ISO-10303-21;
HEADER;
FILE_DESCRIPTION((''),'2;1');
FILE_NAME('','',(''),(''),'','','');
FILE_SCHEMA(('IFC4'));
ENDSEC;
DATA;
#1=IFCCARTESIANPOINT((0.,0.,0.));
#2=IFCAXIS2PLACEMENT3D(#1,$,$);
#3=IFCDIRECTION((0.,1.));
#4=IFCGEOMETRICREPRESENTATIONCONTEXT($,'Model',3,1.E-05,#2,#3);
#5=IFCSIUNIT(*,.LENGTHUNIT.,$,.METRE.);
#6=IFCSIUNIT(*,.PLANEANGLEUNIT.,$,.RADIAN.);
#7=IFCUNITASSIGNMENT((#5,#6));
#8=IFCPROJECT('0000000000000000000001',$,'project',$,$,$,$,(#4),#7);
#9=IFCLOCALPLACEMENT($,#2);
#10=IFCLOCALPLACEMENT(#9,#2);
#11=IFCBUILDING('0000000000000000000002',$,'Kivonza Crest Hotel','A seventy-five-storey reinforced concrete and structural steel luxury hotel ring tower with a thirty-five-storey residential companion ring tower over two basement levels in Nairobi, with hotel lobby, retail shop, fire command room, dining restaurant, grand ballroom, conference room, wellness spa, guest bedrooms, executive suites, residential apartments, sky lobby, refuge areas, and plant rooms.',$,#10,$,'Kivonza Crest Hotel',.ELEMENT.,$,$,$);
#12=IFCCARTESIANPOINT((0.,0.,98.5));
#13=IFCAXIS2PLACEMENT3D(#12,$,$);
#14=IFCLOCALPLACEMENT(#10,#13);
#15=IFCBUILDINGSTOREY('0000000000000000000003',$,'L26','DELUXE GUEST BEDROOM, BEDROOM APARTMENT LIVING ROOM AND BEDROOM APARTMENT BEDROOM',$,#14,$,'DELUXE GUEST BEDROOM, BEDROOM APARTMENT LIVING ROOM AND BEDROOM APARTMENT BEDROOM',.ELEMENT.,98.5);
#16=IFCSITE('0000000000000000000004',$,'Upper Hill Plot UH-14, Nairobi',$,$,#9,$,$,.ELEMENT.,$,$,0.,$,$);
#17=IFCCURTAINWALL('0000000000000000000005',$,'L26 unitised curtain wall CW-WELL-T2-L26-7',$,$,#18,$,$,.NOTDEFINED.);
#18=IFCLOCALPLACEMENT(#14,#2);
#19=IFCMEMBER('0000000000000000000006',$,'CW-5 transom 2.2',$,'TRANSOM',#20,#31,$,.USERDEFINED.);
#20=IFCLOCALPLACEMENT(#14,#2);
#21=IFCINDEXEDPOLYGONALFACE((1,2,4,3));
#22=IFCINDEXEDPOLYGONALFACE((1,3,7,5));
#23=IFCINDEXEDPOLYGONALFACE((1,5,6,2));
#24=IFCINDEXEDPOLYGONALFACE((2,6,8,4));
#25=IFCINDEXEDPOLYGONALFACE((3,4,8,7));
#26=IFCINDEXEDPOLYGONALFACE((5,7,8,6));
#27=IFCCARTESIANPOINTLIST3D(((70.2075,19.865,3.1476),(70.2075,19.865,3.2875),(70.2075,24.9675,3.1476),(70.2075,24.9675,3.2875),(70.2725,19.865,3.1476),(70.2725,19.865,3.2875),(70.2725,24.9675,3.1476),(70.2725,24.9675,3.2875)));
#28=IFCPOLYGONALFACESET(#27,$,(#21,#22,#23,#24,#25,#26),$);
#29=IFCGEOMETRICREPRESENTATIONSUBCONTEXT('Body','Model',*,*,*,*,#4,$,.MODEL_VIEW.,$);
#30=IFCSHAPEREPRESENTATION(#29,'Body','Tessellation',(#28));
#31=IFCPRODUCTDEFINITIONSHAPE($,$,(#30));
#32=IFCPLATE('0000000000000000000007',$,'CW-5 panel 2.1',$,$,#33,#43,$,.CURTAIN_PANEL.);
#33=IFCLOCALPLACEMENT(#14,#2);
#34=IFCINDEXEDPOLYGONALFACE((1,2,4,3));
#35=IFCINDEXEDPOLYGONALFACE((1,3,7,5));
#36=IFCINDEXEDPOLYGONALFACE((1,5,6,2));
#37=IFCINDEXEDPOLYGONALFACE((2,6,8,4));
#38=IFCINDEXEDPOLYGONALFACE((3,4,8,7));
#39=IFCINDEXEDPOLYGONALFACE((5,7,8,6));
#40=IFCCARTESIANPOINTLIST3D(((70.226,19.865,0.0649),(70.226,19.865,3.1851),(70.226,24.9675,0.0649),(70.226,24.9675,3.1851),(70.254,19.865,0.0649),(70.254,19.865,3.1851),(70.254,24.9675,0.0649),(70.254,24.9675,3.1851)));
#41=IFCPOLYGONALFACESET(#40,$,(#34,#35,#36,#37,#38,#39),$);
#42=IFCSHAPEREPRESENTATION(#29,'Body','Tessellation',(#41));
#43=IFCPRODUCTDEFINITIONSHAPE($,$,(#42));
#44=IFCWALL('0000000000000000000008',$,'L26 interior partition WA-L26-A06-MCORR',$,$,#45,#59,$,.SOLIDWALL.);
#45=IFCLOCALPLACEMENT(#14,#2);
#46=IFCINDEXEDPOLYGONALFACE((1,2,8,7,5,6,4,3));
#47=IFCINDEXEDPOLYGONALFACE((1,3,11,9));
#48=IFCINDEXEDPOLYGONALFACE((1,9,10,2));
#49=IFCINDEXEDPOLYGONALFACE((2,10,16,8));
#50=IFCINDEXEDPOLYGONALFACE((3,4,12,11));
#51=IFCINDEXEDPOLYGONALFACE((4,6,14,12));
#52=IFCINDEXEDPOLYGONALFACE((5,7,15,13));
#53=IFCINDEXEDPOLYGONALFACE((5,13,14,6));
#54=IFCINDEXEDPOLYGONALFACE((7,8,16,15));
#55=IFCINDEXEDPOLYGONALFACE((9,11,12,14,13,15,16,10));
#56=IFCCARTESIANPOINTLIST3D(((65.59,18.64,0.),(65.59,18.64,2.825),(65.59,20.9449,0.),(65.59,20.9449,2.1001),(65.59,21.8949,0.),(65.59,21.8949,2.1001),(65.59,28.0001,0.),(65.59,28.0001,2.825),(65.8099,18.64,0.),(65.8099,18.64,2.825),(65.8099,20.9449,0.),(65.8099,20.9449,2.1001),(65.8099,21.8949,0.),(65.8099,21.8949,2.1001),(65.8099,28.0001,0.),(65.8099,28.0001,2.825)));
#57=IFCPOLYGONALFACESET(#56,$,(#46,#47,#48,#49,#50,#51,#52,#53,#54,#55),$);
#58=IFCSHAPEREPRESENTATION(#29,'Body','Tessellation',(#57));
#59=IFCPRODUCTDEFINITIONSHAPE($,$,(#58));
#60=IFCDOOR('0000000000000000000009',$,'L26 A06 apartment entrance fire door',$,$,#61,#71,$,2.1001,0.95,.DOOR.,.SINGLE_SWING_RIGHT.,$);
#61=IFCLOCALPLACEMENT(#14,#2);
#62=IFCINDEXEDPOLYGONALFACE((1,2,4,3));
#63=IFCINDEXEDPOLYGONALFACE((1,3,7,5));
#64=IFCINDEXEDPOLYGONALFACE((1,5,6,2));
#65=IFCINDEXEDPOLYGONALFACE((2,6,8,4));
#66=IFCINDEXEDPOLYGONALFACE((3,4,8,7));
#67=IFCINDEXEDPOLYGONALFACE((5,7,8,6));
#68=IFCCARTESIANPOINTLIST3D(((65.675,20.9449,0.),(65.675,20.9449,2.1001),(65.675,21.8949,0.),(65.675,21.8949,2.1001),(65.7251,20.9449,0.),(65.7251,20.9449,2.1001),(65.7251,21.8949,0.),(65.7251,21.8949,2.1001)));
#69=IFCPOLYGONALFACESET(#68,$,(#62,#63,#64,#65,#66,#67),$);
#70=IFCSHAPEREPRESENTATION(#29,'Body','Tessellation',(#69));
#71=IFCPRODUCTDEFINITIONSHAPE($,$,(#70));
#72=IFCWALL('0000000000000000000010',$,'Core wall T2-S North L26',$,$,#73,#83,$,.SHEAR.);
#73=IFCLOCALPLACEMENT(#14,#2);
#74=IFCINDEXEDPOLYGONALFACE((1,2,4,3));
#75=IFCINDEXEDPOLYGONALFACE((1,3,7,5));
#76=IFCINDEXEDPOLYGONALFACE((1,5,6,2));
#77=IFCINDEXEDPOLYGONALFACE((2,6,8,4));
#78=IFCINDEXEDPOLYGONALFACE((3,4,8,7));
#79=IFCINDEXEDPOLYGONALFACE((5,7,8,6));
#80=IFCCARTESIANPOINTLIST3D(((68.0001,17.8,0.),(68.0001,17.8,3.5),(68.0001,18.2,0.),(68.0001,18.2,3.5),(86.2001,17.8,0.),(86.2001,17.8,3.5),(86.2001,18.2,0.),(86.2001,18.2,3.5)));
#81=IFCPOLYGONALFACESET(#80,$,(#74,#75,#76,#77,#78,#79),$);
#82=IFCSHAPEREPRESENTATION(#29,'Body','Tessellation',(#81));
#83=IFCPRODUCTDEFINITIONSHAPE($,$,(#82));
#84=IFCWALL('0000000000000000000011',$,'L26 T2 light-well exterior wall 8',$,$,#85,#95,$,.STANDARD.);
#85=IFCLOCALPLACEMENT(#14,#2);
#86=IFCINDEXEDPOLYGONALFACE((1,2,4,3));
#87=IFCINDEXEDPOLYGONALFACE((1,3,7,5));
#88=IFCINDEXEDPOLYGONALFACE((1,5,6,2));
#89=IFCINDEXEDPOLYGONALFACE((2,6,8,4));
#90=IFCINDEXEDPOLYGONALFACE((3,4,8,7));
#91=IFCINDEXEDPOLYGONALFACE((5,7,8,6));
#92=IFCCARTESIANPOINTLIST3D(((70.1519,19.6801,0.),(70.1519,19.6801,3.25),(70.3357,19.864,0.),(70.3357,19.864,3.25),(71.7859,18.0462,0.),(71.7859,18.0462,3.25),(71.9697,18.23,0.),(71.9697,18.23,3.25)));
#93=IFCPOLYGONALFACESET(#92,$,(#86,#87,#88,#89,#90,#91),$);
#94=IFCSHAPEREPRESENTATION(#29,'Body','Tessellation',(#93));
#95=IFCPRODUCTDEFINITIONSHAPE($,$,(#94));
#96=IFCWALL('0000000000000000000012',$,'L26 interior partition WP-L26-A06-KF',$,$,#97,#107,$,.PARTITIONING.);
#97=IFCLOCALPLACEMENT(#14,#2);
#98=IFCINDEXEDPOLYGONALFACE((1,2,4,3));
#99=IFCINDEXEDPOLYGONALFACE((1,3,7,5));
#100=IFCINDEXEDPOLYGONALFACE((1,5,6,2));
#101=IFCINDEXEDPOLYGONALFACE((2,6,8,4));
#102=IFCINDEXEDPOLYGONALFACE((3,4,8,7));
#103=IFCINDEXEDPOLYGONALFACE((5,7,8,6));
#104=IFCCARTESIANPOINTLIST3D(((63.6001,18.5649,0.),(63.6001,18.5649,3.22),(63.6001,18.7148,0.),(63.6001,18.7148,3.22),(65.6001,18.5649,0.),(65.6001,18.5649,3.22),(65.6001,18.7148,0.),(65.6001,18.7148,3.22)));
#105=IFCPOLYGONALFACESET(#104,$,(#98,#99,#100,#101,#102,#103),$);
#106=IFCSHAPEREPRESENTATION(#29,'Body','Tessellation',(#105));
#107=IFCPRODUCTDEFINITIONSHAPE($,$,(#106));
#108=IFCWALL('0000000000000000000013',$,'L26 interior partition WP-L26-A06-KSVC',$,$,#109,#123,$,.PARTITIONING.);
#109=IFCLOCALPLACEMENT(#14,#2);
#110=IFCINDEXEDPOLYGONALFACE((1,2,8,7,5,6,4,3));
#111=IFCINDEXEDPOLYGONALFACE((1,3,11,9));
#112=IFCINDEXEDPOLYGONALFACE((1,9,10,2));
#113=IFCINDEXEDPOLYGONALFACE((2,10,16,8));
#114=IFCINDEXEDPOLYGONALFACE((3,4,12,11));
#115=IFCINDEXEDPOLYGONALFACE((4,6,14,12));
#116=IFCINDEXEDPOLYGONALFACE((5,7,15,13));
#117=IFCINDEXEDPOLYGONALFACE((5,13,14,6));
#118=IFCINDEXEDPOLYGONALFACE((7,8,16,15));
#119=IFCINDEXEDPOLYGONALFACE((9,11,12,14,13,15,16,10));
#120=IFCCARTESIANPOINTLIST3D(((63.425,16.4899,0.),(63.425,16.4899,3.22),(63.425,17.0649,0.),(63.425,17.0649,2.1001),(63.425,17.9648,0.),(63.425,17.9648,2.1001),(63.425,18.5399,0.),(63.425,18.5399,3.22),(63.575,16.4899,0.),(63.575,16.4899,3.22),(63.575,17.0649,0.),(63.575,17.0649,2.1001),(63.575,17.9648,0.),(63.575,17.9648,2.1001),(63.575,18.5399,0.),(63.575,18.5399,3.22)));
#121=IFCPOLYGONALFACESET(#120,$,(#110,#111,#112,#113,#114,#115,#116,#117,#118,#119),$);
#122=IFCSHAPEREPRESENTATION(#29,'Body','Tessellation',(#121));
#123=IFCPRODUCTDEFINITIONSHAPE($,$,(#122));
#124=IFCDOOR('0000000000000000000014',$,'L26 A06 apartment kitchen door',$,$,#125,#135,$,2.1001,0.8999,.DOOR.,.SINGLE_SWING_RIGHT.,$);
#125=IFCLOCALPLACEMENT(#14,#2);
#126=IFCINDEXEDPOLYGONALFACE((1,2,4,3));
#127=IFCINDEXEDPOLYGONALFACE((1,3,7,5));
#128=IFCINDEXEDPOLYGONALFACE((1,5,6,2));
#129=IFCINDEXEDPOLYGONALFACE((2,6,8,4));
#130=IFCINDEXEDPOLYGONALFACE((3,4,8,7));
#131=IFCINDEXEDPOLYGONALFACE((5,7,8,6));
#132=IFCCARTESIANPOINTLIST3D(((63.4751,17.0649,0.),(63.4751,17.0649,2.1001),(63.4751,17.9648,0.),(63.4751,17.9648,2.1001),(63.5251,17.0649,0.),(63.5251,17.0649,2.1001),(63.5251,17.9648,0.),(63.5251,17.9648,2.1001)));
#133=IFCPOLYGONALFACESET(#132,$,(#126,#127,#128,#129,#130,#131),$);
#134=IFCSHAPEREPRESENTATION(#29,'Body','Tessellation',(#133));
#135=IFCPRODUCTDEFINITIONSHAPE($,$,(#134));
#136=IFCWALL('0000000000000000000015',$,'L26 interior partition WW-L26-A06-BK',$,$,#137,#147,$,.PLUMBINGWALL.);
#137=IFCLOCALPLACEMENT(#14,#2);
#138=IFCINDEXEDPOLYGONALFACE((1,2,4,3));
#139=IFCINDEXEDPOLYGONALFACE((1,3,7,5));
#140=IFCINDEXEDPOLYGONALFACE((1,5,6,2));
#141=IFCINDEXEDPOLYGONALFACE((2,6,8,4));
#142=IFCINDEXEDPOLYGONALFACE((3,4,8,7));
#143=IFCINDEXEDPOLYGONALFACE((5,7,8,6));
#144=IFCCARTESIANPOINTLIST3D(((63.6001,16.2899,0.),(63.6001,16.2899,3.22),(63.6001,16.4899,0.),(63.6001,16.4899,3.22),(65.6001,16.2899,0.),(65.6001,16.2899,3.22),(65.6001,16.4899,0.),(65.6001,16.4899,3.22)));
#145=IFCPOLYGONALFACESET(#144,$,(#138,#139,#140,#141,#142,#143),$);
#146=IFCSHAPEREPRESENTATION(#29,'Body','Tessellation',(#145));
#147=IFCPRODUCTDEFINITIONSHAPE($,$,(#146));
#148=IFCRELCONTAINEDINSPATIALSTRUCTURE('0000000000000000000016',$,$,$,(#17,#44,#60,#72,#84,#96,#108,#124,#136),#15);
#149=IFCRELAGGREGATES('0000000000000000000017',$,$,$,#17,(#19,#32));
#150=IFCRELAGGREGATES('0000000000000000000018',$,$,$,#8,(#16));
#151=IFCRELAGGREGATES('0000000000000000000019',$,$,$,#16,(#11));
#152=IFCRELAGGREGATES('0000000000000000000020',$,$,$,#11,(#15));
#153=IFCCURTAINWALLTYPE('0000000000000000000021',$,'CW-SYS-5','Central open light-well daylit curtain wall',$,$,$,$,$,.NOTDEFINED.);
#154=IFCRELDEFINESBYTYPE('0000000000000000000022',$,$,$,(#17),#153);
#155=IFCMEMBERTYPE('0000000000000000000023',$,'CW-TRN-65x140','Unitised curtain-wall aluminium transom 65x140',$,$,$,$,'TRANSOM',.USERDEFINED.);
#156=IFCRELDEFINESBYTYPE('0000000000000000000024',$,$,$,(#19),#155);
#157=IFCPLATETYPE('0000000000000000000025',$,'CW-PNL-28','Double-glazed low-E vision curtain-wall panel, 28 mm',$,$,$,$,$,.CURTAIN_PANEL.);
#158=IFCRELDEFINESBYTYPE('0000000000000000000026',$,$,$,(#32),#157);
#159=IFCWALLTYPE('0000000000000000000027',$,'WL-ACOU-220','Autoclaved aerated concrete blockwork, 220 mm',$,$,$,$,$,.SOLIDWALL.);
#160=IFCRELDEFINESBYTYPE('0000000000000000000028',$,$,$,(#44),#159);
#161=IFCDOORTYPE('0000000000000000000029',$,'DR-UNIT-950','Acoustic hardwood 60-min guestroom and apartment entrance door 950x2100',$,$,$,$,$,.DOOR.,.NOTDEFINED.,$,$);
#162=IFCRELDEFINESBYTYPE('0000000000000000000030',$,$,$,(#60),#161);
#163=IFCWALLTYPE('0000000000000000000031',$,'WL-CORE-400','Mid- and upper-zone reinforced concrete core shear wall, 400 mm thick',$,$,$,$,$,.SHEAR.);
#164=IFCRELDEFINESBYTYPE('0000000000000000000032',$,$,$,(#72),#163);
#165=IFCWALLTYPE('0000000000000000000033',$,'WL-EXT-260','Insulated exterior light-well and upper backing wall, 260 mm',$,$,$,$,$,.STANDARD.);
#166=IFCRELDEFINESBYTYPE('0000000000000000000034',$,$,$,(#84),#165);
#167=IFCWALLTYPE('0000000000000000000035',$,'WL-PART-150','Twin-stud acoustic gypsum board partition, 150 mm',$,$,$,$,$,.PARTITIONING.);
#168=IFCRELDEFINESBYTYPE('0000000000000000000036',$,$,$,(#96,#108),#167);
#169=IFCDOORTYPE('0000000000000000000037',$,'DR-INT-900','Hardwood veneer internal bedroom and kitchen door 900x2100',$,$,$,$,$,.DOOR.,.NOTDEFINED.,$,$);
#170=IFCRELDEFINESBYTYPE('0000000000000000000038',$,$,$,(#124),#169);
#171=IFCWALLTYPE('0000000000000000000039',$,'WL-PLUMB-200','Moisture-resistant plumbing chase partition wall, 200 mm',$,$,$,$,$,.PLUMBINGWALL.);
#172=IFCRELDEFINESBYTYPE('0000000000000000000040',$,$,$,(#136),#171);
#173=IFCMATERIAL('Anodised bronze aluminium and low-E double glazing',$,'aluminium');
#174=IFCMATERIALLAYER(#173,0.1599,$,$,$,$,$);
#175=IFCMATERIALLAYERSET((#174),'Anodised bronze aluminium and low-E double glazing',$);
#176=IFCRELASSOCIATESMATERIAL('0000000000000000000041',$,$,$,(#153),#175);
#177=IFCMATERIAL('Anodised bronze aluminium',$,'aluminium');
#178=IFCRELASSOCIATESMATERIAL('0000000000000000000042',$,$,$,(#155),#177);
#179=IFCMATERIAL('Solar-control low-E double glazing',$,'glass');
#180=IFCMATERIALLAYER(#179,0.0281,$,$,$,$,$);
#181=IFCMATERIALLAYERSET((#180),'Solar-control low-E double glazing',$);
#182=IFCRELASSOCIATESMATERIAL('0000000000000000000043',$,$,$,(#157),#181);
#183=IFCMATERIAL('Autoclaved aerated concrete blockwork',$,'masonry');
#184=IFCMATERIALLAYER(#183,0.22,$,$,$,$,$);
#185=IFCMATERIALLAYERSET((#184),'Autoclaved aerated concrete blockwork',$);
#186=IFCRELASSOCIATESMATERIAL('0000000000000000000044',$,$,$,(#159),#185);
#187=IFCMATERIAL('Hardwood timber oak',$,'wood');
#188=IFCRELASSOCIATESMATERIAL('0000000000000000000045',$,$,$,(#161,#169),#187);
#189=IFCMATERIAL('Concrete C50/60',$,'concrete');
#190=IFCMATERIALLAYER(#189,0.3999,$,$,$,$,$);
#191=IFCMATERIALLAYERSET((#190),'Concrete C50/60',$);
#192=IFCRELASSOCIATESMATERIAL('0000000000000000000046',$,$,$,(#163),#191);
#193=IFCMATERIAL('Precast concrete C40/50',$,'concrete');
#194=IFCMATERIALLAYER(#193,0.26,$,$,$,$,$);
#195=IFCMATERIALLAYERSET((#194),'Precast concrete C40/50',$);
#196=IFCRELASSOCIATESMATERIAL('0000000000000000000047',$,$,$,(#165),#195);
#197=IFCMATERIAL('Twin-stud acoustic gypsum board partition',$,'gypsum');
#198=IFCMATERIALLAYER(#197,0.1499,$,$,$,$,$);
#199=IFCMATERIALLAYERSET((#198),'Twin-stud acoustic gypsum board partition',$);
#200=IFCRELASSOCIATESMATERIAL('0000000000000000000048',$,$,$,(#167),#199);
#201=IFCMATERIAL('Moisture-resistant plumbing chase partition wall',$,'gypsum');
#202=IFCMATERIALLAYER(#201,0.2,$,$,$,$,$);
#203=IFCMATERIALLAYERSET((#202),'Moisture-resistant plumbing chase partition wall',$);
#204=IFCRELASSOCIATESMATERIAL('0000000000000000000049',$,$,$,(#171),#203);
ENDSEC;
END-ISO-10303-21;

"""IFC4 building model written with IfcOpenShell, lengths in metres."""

from ifc_helpers import new_model, si_unit, direction, frame, frame_2d, origin, origin_2d, place, context, subcontext, project, spatial, rectangle, extrude, material, layer, layer_set, material_profile, profile_set, type_object, element, fill, aggregate, save


model = new_model("IFC4")

# Units and contexts
model_context = context("Model", 3, precision=1e-05, world=origin(), true_north=direction((0.0, 1.0)))
body_context = subcontext(model_context, "Body", "Model", "MODEL_VIEW")
ifc_project = project(units=[si_unit("LENGTHUNIT", "METRE"), si_unit("PLANEANGLEUNIT", "RADIAN")], contexts=[model_context])

# Site, building, storey
site_placement = place(None, origin())
site = spatial("IfcSite", under=ifc_project, at=site_placement, Name="Upper Hill Plot UH-14, Nairobi", CompositionType="ELEMENT", RefElevation=0.0)
building_placement = place(site_placement, origin())
building = spatial("IfcBuilding", under=site, at=building_placement, Name="Kivonza Crest Hotel", Description="A seventy-five-storey reinforced concrete and structural steel luxury hotel ring tower with a thirty-five-storey residential companion ring tower over two basement levels in Nairobi, with hotel lobby, retail shop, fire command room, dining restaurant, grand ballroom, conference room, wellness spa, guest bedrooms, executive suites, residential apartments, sky lobby, refuge areas, and plant rooms.", LongName="Kivonza Crest Hotel", CompositionType="ELEMENT")
storey_placement = place(building_placement, frame((0.0, 0.0, 98.5)))
storey = spatial("IfcBuildingStorey", under=building, at=storey_placement, Name="L26", Description="DELUXE GUEST BEDROOM, BEDROOM APARTMENT LIVING ROOM AND BEDROOM APARTMENT BEDROOM", LongName="DELUXE GUEST BEDROOM, BEDROOM APARTMENT LIVING ROOM AND BEDROOM APARTMENT BEDROOM", CompositionType="ELEMENT", Elevation=98.5)

# Shared definitions
ifc_material_1 = material(Name="Concrete C50/60", Category="concrete")

# Curtain wall, member, plate
ifc_material_2 = material(Name="Anodised bronze aluminium and low-E double glazing", Category="aluminium")
ifc_layer_1 = layer(ifc_material_2, 0.1599)
ifc_layer_set_1 = layer_set([ifc_layer_1], Name="Anodised bronze aluminium and low-E double glazing")
curtain_wall_type = type_object("IfcCurtainWallType", Name="CW-SYS-5", Description="Central open light-well daylit curtain wall", PredefinedType="NOTDEFINED", material=ifc_layer_set_1)
curtain_wall_placement = place(storey_placement, origin())
curtain_wall = element("IfcCurtainWall", 1, at=curtain_wall_placement, inside=storey, type_object=curtain_wall_type, Name="L26 unitised curtain wall CW-WELL-T2-L26-7", PredefinedType="NOTDEFINED")
ifc_material_3 = material(Name="Anodised bronze aluminium", Category="aluminium")
ifc_material_profile_1 = material_profile(ifc_material_3, rectangle(XDim=0.0649, YDim=0.1399, at=origin_2d()), Name="CW-T 65x140")
ifc_profile_set_1 = profile_set([ifc_material_profile_1], Name="Anodised bronze aluminium")
member_type_1 = type_object("IfcMemberType", Name="CW-TRN-65x140", Description="Unitised curtain-wall aluminium transom 65x140", ElementType="TRANSOM", PredefinedType="USERDEFINED", material=ifc_profile_set_1)
member_1_placement = place(storey_placement, frame((70.24, 24.9675, 3.2175), z_axis=(0.0, -1.0, 0.0), x_axis=(1.0, 0.0, 0.0)))
member_1 = element("IfcMember", 2, at=member_1_placement, type_object=member_type_1, Name="CW-5 transom 2.2", ObjectType="TRANSOM", PredefinedType="USERDEFINED", context=body_context, shape_type="SweptSolid", body=[
    extrude(rectangle(XDim=0.0649, YDim=0.1399, at=origin_2d()), origin(), (0.0, 0.0, 1.0), 5.1025),
])
ifc_material_4 = material(Name="Solar-control low-E double glazing", Category="glass")
ifc_layer_2 = layer(ifc_material_4, 0.0281)
ifc_layer_set_2 = layer_set([ifc_layer_2], Name="Solar-control low-E double glazing")
plate_type = type_object("IfcPlateType", Name="CW-PNL-28", Description="Double-glazed low-E vision curtain-wall panel, 28 mm", PredefinedType="CURTAIN_PANEL", material=ifc_layer_set_2)
plate_placement = place(storey_placement, frame((70.24, 22.4163, 0.0649), z_axis=(0.0, 0.0, 1.0), x_axis=(0.0, -1.0, 0.0)))
plate = element("IfcPlate", 3, at=plate_placement, type_object=plate_type, Name="CW-5 panel 2.1", PredefinedType="CURTAIN_PANEL", context=body_context, shape_type="SweptSolid", body=[
    extrude(rectangle(XDim=5.1025, YDim=0.0281, at=origin_2d()), origin(), (0.0, 0.0, 1.0), 3.1201),
])
aggregate(curtain_wall, [member_1, plate])

# Wall, opening, door
ifc_material_5 = material(Name="Autoclaved aerated concrete blockwork", Category="masonry")
ifc_layer_3 = layer(ifc_material_5, 0.22)
ifc_layer_set_3 = layer_set([ifc_layer_3], Name="Autoclaved aerated concrete blockwork")
wall_type_1 = type_object("IfcWallType", Name="WL-ACOU-220", Description="Autoclaved aerated concrete blockwork, 220 mm", PredefinedType="SOLIDWALL", material=ifc_layer_set_3)
wall_1_placement = place(storey_placement, frame((65.7, 18.6399, 0.0), z_axis=(0.0, 0.0, 1.0), x_axis=(0.0, 1.0, 0.0)))
wall_1 = element("IfcWall", 4, at=wall_1_placement, inside=storey, type_object=wall_type_1, Name="L26 interior partition WA-L26-A06-MCORR", PredefinedType="SOLIDWALL", context=body_context, shape_type="SweptSolid", body=[
    extrude(rectangle(XDim=9.3601, YDim=0.22, at=frame_2d((4.6802, 0.0))), origin(), (0.0, 0.0, 1.0), 2.825),
])
opening_1_placement = place(wall_1_placement, frame((2.3049, 0.0, 0.0)))
opening_1 = element("IfcOpeningElement", 5, at=opening_1_placement, cuts=wall_1, PredefinedType="OPENING", context=body_context, shape_type="SweptSolid", body=[
    extrude(rectangle(XDim=0.95, YDim=2.1001, at=frame_2d((0.4751, 1.05))), frame((0.0, 0.1201, 0.0), z_axis=(0.0, -1.0, 0.0), x_axis=(1.0, 0.0, 0.0)), (0.0, 0.0, 1.0), 0.24),
])
ifc_material_6 = material(Name="Hardwood timber oak", Category="wood")
door_type_1 = type_object("IfcDoorType", Name="DR-UNIT-950", Description="Acoustic hardwood 60-min guestroom and apartment entrance door 950x2100", OperationType="NOTDEFINED", PredefinedType="DOOR", material=ifc_material_6)
door_1_placement = place(opening_1_placement, origin())
door_1 = element("IfcDoor", 6, at=door_1_placement, inside=storey, type_object=door_type_1, Name="L26 A06 apartment entrance fire door", OperationType="SINGLE_SWING_RIGHT", OverallHeight=2.1001, OverallWidth=0.95, PredefinedType="DOOR", context=body_context, shape_type="SweptSolid", body=[
    extrude(rectangle(XDim=0.95, YDim=2.1001, at=frame_2d((0.4751, 1.05))), frame((0.0, 0.0249, 0.0), z_axis=(0.0, -1.0, 0.0), x_axis=(1.0, 0.0, 0.0)), (0.0, 0.0, 1.0), 0.05),
])
fill(opening_1, door_1)

# Walls
ifc_layer_4 = layer(ifc_material_1, 0.3999)
ifc_layer_set_4 = layer_set([ifc_layer_4], Name="Concrete C50/60")
wall_type_2 = type_object("IfcWallType", Name="WL-CORE-400", Description="Mid- and upper-zone reinforced concrete core shear wall, 400 mm thick", PredefinedType="SHEAR", material=ifc_layer_set_4)
wall_2_placement = place(storey_placement, frame((68.0, 18.0, 0.0), z_axis=(0.0, 0.0, 1.0), x_axis=(1.0, 0.0, 0.0)))
element("IfcWall", 7, at=wall_2_placement, inside=storey, type_object=wall_type_2, Name="Core wall T2-S North L26", PredefinedType="SHEAR", context=body_context, shape_type="SweptSolid", body=[
    extrude(rectangle(XDim=18.2, YDim=0.3999, at=frame_2d((9.1001, 0.0))), origin(), (0.0, 0.0, 1.0), 3.5),
])
ifc_material_7 = material(Name="Precast concrete C40/50", Category="concrete")
ifc_layer_5 = layer(ifc_material_7, 0.26)
ifc_layer_set_5 = layer_set([ifc_layer_5], Name="Precast concrete C40/50")
wall_type_3 = type_object("IfcWallType", Name="WL-EXT-260", Description="Insulated exterior light-well and upper backing wall, 260 mm", PredefinedType="STANDARD", material=ifc_layer_set_5)
wall_3_placement = place(storey_placement, frame((70.2439, 19.772, 0.0), z_axis=(0.0, 0.0, 1.0), x_axis=(0.707107, -0.707107, 0.0)))
element("IfcWall", 8, at=wall_3_placement, inside=storey, type_object=wall_type_3, Name="L26 T2 light-well exterior wall 8", PredefinedType="STANDARD", context=body_context, shape_type="SweptSolid", body=[
    extrude(rectangle(XDim=2.3108, YDim=0.26, at=frame_2d((1.1553, 0.0))), origin(), (0.0, 0.0, 1.0), 3.25),
])
ifc_material_8 = material(Name="Twin-stud acoustic gypsum board partition", Category="gypsum")
ifc_layer_6 = layer(ifc_material_8, 0.1499)
ifc_layer_set_6 = layer_set([ifc_layer_6], Name="Twin-stud acoustic gypsum board partition")
wall_type_4 = type_object("IfcWallType", Name="WL-PART-150", Description="Twin-stud acoustic gypsum board partition, 150 mm", PredefinedType="PARTITIONING", material=ifc_layer_set_6)
wall_4_placement = place(storey_placement, frame((63.6001, 18.6399, 0.0), z_axis=(0.0, 0.0, 1.0), x_axis=(1.0, 0.0, 0.0)))
element("IfcWall", 9, at=wall_4_placement, inside=storey, type_object=wall_type_4, Name="L26 interior partition WP-L26-A06-KF", PredefinedType="PARTITIONING", context=body_context, shape_type="SweptSolid", body=[
    extrude(rectangle(XDim=2.0, YDim=0.1499, at=frame_2d((1.0, 0.0))), origin(), (0.0, 0.0, 1.0), 3.22),
])

# Wall, opening, door
wall_5_placement = place(storey_placement, frame((63.5, 16.49, 0.0), z_axis=(0.0, 0.0, 1.0), x_axis=(0.0, 1.0, 0.0)))
wall_5 = element("IfcWall", 10, at=wall_5_placement, inside=storey, type_object=wall_type_4, Name="L26 interior partition WP-L26-A06-KSVC", PredefinedType="PARTITIONING", context=body_context, shape_type="SweptSolid", body=[
    extrude(rectangle(XDim=2.05, YDim=0.1499, at=frame_2d((1.0249, 0.0))), origin(), (0.0, 0.0, 1.0), 3.22),
])
opening_2_placement = place(wall_5_placement, frame((0.575, 0.0, 0.0)))
opening_2 = element("IfcOpeningElement", 11, at=opening_2_placement, cuts=wall_5, PredefinedType="OPENING", context=body_context, shape_type="SweptSolid", body=[
    extrude(rectangle(XDim=0.8999, YDim=2.1001, at=frame_2d((0.45, 1.05))), frame((0.0, 0.085, 0.0), z_axis=(0.0, -1.0, 0.0), x_axis=(1.0, 0.0, 0.0)), (0.0, 0.0, 1.0), 0.1699),
])
door_type_2 = type_object("IfcDoorType", Name="DR-INT-900", Description="Hardwood veneer internal bedroom and kitchen door 900x2100", OperationType="NOTDEFINED", PredefinedType="DOOR", material=ifc_material_6)
door_2_placement = place(opening_2_placement, origin())
door_2 = element("IfcDoor", 12, at=door_2_placement, inside=storey, type_object=door_type_2, Name="L26 A06 apartment kitchen door", OperationType="SINGLE_SWING_RIGHT", OverallHeight=2.1001, OverallWidth=0.8999, PredefinedType="DOOR", context=body_context, shape_type="SweptSolid", body=[
    extrude(rectangle(XDim=0.8999, YDim=2.1001, at=frame_2d((0.45, 1.05))), frame((0.0, 0.0249, 0.0), z_axis=(0.0, -1.0, 0.0), x_axis=(1.0, 0.0, 0.0)), (0.0, 0.0, 1.0), 0.05),
])
fill(opening_2, door_2)

# Wall
ifc_material_9 = material(Name="Moisture-resistant plumbing chase partition wall", Category="gypsum")
ifc_layer_7 = layer(ifc_material_9, 0.2)
ifc_layer_set_7 = layer_set([ifc_layer_7], Name="Moisture-resistant plumbing chase partition wall")
wall_type_5 = type_object("IfcWallType", Name="WL-PLUMB-200", Description="Moisture-resistant plumbing chase partition wall, 200 mm", PredefinedType="PLUMBINGWALL", material=ifc_layer_set_7)
wall_6_placement = place(storey_placement, frame((63.6001, 16.3899, 0.0), z_axis=(0.0, 0.0, 1.0), x_axis=(1.0, 0.0, 0.0)))
element("IfcWall", 13, at=wall_6_placement, inside=storey, type_object=wall_type_5, Name="L26 interior partition WW-L26-A06-BK", PredefinedType="PLUMBINGWALL", context=body_context, shape_type="SweptSolid", body=[
    extrude(rectangle(XDim=2.0, YDim=0.2, at=frame_2d((1.0, 0.0))), origin(), (0.0, 0.0, 1.0), 3.22),
])

save(model, "model.ifc")
